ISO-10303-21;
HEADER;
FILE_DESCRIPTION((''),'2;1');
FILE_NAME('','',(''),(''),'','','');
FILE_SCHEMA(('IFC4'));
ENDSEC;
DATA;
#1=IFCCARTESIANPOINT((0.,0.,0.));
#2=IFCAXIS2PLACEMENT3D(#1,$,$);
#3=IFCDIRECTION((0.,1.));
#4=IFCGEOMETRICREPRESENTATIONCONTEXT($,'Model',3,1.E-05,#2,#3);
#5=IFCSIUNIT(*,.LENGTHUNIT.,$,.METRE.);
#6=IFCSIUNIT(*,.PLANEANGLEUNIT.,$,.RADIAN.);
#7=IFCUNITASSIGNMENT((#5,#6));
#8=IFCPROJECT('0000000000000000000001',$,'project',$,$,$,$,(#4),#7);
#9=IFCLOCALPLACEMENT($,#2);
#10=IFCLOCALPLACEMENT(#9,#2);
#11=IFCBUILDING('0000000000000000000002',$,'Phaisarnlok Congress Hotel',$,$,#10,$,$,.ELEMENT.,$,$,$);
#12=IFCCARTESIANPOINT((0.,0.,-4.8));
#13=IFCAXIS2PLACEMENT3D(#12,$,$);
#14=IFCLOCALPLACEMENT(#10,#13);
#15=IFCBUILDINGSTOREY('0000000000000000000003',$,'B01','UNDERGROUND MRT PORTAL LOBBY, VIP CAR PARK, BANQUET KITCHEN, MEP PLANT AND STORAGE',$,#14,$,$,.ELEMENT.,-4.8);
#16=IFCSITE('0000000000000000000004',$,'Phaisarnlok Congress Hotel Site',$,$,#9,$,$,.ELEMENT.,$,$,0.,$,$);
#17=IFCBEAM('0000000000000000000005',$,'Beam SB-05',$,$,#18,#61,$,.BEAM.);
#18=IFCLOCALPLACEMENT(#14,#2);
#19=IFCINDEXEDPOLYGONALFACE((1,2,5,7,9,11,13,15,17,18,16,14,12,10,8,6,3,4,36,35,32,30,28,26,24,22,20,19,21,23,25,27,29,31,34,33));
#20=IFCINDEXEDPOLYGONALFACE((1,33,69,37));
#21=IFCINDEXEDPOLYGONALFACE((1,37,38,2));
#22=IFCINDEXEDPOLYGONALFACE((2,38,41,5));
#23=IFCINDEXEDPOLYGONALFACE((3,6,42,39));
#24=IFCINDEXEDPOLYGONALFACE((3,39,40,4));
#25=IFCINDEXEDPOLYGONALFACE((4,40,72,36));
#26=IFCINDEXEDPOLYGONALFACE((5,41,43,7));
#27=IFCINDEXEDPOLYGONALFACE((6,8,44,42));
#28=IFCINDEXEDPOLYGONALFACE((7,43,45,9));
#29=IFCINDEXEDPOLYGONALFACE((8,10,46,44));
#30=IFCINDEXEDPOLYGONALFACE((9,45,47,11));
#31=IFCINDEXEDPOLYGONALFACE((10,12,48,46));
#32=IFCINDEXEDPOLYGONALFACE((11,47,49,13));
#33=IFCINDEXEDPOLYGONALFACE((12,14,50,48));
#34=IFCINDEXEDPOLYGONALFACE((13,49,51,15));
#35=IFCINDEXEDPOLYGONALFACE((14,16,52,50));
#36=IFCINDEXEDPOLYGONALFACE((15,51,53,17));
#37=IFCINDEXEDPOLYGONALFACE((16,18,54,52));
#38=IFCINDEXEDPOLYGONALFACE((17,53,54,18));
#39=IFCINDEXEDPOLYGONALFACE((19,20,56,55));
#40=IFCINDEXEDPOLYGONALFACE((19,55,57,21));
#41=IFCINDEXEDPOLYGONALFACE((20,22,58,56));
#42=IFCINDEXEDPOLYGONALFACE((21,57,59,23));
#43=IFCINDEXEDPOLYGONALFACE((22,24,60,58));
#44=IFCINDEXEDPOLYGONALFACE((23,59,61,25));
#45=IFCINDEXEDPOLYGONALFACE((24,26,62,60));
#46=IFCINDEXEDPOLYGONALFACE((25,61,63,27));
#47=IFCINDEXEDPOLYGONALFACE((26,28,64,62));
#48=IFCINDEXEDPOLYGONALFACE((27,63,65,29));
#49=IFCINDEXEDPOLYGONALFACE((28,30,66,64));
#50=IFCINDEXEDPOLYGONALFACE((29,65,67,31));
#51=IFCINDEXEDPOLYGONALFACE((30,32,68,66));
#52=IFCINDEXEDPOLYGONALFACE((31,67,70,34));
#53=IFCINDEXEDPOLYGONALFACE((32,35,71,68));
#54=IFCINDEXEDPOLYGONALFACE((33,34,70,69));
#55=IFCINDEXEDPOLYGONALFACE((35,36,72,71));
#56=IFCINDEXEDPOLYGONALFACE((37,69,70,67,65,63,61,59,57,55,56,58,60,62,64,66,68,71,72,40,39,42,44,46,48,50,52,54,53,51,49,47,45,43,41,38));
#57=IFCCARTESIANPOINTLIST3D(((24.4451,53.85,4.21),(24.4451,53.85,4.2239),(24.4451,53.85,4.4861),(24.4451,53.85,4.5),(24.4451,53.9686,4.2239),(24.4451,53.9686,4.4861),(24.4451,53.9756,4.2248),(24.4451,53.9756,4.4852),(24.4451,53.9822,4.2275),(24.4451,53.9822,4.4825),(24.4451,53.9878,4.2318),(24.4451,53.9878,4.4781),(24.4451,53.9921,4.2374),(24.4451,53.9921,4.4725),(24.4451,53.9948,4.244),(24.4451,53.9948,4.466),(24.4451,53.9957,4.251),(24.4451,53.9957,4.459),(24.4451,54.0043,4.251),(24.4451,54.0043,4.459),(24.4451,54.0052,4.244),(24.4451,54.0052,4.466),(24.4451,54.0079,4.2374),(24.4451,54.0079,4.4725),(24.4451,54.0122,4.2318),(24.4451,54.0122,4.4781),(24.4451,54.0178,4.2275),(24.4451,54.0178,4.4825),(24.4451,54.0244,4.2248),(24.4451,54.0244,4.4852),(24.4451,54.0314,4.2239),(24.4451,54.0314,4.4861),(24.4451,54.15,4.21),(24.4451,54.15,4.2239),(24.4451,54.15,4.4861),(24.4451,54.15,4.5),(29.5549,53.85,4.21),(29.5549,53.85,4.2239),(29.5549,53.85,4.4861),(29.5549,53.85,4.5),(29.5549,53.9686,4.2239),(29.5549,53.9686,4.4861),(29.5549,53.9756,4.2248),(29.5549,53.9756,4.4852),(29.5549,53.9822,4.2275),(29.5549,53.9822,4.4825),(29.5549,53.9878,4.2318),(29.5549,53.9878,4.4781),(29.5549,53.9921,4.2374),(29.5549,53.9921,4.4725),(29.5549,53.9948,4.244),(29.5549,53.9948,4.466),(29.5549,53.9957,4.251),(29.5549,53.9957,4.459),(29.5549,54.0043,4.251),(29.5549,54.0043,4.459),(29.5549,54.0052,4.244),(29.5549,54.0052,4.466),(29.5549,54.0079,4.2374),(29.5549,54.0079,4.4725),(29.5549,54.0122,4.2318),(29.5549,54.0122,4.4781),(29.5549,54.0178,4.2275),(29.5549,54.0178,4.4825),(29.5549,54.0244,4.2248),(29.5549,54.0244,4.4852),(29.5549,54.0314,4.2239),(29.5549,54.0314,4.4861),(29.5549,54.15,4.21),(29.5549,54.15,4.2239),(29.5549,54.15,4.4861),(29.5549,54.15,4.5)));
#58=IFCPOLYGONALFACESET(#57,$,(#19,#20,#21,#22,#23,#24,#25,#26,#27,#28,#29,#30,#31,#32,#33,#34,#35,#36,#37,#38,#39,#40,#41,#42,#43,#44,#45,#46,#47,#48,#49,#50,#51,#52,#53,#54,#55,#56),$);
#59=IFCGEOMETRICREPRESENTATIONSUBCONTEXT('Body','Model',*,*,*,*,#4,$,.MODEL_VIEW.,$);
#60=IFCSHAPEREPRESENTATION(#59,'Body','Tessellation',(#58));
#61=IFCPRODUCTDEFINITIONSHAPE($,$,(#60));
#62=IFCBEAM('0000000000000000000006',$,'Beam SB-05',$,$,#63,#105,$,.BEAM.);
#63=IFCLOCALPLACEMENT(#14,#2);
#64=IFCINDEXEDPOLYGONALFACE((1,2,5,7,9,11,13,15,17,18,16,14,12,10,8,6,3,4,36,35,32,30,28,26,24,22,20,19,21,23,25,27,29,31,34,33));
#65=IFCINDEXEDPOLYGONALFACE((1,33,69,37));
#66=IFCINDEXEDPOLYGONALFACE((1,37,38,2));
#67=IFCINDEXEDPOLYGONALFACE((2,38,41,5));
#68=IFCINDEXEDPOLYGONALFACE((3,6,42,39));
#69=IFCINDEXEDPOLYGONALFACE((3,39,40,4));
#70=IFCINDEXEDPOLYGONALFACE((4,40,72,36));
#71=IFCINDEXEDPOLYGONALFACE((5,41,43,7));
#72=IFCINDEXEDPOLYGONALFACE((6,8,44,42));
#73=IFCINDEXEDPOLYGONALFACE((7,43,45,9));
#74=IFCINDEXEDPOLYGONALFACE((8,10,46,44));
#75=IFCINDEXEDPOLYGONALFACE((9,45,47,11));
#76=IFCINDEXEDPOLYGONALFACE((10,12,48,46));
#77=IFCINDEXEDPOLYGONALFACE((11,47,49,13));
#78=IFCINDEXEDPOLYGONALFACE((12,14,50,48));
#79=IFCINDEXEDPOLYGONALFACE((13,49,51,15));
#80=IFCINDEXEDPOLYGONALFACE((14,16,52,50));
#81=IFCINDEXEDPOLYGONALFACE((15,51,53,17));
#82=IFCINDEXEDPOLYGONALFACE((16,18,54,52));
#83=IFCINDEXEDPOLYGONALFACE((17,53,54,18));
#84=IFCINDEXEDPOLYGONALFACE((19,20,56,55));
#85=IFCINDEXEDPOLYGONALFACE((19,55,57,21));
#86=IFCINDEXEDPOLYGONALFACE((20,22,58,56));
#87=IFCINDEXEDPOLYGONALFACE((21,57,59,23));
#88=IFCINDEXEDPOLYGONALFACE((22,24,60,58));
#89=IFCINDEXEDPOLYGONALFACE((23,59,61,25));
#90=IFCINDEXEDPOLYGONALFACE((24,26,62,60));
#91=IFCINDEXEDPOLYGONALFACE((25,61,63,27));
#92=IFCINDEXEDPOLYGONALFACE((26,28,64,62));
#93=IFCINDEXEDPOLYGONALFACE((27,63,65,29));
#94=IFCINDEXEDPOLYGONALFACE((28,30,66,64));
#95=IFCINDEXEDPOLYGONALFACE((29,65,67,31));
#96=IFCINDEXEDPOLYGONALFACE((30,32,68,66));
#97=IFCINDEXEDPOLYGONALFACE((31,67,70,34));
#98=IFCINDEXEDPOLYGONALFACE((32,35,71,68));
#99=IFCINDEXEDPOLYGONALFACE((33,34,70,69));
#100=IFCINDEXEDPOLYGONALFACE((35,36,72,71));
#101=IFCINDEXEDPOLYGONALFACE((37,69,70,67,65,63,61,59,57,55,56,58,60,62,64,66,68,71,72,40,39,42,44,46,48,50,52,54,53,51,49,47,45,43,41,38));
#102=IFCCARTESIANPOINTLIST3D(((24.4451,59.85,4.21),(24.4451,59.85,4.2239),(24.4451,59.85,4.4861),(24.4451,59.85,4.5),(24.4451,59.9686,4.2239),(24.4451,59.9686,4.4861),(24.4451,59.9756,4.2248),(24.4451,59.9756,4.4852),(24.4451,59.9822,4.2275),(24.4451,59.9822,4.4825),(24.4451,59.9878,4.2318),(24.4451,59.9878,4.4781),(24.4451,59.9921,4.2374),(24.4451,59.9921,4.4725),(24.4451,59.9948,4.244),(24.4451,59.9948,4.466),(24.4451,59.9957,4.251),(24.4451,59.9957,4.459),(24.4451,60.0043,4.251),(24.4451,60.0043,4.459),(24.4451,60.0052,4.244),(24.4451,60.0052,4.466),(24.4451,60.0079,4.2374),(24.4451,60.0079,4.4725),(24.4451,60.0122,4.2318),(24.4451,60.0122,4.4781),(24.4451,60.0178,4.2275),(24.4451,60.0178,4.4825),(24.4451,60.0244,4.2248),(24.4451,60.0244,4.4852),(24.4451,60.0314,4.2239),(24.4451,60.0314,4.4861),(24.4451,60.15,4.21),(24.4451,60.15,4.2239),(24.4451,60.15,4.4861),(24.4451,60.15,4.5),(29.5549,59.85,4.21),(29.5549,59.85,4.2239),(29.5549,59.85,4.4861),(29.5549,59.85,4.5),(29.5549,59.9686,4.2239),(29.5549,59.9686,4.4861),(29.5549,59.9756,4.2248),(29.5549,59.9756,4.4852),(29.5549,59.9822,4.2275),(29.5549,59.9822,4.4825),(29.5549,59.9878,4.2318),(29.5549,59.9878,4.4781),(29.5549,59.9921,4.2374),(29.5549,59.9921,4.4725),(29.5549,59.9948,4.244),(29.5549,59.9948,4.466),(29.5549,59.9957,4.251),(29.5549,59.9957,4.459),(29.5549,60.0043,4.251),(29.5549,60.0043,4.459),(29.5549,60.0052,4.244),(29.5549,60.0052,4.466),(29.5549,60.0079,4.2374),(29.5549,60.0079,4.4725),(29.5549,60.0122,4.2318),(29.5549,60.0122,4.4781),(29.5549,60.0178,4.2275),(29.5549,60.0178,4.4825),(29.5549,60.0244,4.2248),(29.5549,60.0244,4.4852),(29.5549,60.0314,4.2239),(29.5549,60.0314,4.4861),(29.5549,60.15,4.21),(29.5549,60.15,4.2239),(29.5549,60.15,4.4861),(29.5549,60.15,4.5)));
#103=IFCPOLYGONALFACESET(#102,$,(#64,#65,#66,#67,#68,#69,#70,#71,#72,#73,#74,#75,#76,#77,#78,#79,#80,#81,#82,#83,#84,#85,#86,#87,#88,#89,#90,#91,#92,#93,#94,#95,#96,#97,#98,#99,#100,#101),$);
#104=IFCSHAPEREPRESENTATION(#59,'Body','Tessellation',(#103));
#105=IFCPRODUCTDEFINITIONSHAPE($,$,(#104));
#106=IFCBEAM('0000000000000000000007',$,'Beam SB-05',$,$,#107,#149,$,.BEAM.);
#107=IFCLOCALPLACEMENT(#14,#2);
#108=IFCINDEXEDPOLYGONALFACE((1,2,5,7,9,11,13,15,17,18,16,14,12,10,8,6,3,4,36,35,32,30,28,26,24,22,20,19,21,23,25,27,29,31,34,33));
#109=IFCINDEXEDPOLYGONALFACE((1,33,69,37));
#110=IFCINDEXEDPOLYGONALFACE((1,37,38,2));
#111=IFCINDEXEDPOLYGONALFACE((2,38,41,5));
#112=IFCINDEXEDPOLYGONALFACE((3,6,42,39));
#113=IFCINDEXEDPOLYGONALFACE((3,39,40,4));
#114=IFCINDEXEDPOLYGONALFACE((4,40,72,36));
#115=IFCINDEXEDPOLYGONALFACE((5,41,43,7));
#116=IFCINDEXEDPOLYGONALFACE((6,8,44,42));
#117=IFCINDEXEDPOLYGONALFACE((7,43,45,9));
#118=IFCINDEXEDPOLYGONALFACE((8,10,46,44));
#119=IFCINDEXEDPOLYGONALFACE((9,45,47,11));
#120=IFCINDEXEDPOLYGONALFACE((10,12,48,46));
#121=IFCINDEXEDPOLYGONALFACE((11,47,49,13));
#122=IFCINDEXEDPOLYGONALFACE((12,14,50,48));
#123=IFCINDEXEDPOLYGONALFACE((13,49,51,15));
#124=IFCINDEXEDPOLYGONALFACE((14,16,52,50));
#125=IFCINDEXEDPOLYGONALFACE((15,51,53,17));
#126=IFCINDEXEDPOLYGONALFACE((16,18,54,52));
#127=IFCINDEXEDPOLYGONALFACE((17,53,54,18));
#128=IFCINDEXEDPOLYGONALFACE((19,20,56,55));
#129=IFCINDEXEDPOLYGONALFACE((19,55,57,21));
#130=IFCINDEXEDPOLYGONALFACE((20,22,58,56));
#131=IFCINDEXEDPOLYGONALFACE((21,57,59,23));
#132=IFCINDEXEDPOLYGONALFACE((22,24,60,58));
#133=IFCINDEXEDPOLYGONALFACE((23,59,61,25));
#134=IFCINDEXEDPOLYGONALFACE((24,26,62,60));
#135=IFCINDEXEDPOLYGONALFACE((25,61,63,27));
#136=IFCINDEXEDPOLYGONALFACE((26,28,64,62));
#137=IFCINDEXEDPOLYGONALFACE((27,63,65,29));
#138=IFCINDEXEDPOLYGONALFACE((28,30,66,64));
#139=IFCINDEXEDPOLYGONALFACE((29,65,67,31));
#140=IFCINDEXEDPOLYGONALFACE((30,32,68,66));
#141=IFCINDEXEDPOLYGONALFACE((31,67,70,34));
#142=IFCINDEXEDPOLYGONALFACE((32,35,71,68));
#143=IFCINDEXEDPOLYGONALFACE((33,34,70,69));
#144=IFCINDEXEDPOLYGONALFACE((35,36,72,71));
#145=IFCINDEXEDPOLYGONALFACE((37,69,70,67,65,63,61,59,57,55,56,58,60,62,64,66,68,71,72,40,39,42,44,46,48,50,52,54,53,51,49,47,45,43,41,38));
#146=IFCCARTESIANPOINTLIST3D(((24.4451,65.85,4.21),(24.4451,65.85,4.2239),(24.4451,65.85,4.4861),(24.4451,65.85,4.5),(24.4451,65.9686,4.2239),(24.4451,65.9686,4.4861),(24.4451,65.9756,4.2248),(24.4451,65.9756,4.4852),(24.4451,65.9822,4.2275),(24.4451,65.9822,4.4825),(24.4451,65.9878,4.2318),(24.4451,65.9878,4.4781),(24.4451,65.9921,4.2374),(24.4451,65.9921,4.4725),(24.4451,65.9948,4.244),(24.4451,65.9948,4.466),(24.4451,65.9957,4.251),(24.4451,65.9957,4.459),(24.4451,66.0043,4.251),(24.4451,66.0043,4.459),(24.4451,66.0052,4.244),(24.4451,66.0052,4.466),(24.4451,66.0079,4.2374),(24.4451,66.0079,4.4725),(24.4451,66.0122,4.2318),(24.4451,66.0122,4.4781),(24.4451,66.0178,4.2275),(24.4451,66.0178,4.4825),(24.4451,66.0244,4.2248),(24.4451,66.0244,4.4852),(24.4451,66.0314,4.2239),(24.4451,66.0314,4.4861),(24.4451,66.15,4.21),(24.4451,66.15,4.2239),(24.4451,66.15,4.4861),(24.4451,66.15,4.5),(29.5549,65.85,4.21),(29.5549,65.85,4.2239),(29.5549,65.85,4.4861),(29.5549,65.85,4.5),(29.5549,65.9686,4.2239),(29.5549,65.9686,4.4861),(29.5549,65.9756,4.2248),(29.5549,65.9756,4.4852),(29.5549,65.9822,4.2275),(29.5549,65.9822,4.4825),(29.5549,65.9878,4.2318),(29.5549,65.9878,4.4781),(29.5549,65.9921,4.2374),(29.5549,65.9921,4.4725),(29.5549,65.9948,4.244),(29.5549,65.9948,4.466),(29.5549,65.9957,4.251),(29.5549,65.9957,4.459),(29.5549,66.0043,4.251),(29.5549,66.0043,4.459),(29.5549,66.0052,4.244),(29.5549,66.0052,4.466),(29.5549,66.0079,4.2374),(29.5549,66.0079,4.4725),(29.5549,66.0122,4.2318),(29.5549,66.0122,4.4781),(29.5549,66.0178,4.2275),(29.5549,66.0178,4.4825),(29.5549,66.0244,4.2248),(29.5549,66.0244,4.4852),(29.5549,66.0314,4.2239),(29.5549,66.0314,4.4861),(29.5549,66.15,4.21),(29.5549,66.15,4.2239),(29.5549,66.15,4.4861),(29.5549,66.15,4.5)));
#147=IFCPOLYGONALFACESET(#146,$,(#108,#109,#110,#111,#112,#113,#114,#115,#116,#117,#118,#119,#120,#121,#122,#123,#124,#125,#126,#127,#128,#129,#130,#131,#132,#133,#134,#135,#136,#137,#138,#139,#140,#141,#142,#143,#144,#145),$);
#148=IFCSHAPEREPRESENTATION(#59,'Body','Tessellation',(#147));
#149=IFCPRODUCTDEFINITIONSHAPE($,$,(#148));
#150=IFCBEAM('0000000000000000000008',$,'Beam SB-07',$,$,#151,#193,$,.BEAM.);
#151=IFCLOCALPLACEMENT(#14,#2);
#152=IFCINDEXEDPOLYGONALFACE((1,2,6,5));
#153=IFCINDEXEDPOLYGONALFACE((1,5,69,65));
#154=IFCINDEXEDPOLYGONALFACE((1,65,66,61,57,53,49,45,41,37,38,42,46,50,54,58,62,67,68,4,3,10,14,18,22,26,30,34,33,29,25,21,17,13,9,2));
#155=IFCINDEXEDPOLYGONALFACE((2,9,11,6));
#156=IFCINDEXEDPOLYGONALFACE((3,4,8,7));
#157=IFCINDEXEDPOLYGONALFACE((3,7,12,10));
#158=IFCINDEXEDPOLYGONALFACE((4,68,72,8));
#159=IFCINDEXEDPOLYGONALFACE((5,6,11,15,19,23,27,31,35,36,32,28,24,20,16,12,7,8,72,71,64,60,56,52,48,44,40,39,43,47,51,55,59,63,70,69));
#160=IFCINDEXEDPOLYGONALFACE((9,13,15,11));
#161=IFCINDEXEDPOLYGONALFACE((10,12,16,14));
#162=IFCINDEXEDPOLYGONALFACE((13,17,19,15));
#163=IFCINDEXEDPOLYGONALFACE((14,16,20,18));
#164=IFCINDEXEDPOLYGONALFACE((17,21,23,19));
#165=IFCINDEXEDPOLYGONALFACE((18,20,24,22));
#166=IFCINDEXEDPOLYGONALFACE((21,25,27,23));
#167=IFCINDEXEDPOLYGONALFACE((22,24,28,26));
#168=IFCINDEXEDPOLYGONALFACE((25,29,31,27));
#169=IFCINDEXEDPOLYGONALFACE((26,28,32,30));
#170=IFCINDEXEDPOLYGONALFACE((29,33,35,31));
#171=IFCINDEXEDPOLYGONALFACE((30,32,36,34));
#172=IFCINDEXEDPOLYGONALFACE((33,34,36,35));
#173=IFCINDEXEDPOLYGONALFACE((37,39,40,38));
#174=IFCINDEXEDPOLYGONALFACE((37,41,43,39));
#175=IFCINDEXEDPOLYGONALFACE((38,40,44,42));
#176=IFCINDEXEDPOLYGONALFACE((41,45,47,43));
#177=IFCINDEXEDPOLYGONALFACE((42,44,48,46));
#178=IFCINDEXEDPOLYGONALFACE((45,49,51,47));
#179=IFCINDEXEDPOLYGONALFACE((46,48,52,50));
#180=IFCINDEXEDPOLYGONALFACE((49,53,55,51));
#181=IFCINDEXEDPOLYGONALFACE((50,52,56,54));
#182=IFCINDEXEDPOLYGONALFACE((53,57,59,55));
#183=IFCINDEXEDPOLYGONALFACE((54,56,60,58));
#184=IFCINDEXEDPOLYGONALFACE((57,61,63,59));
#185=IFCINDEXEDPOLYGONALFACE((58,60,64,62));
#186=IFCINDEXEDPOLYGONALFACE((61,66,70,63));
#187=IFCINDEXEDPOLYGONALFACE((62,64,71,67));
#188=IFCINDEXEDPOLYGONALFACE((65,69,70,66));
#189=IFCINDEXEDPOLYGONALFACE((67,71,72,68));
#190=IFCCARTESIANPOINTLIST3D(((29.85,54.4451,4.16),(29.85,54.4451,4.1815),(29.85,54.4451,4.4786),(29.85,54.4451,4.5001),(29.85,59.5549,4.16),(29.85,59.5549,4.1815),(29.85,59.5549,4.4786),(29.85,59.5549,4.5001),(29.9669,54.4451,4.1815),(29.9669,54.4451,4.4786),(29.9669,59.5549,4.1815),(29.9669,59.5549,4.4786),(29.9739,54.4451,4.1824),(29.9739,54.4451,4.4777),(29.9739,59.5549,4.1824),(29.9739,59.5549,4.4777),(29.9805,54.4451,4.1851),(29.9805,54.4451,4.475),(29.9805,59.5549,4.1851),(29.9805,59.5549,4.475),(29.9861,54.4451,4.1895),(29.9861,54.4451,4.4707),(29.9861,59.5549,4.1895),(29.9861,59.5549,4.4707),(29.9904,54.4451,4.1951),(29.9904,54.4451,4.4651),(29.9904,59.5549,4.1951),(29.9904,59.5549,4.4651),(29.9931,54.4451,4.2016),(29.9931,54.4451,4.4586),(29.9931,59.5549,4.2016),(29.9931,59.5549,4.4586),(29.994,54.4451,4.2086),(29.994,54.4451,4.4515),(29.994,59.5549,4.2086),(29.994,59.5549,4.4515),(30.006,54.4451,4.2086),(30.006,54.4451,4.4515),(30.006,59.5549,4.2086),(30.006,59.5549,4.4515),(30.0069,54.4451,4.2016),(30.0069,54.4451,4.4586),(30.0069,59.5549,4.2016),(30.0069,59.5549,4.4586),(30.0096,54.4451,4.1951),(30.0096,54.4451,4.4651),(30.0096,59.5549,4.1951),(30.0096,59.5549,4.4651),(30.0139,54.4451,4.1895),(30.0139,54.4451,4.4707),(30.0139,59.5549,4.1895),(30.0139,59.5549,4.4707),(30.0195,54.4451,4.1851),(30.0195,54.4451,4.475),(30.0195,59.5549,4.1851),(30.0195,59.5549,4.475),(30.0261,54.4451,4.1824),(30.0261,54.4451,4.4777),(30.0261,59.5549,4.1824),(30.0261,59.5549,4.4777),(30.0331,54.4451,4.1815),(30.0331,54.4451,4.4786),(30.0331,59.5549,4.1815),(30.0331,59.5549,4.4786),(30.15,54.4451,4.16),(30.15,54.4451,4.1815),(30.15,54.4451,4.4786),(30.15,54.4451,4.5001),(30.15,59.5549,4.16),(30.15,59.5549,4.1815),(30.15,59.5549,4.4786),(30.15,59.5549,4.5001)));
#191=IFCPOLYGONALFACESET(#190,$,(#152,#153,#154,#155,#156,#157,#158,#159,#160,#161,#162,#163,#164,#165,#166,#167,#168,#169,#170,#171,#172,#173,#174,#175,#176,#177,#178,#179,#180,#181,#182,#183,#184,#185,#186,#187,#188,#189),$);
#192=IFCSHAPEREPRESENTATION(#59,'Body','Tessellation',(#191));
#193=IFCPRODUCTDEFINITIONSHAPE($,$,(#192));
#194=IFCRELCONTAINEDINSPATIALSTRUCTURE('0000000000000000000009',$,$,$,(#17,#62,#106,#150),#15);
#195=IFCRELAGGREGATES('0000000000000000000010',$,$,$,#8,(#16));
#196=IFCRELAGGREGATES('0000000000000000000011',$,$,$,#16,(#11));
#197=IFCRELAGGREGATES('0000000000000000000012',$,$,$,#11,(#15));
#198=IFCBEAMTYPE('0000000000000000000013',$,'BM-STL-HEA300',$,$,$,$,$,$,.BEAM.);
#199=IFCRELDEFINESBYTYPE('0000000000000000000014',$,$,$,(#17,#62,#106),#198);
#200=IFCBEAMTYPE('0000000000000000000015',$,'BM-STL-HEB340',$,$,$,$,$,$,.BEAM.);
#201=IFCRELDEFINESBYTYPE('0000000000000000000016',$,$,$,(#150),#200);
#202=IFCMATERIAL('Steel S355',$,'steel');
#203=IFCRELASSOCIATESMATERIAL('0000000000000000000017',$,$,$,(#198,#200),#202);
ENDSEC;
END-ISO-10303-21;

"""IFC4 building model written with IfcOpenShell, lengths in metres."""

from ifc_helpers import new_model, si_unit, direction, frame, origin, origin_2d, place, context, subcontext, project, spatial, i_section, extrude, material, material_profile, profile_set, type_object, element, save


model = new_model("IFC4")

# Units and contexts
model_context = context("Model", 3, precision=1e-05, world=origin(), true_north=direction((0.0, 1.0)))
body_context = subcontext(model_context, "Body", "Model", "MODEL_VIEW")
ifc_project = project(units=[si_unit("LENGTHUNIT", "METRE"), si_unit("PLANEANGLEUNIT", "RADIAN")], contexts=[model_context])

# Site, building, storey
site_placement = place(None, origin())
site = spatial("IfcSite", under=ifc_project, at=site_placement, Name="Phaisarnlok Congress Hotel Site", CompositionType="ELEMENT", RefElevation=0.0)
building_placement = place(site_placement, origin())
building = spatial("IfcBuilding", under=site, at=building_placement, Name="Phaisarnlok Congress Hotel", CompositionType="ELEMENT")
storey_placement = place(building_placement, frame((0.0, 0.0, -4.8)))
storey = spatial("IfcBuildingStorey", under=building, at=storey_placement, Name="B01", Description="UNDERGROUND MRT PORTAL LOBBY, VIP CAR PARK, BANQUET KITCHEN, MEP PLANT AND STORAGE", CompositionType="ELEMENT", Elevation=-4.8)

# Beams
ifc_material_1 = material(Name="Steel S355", Category="steel")
ifc_material_profile_1 = material_profile(ifc_material_1, i_section(OverallWidth=0.3, OverallDepth=0.29, WebThickness=0.0085, FlangeThickness=0.0139, FilletRadius=0.0271, at=origin_2d()), Name="HEA 300")
ifc_profile_set_1 = profile_set([ifc_material_profile_1], Name="Steel S355")
beam_type_1 = type_object("IfcBeamType", Name="BM-STL-HEA300", PredefinedType="BEAM", material=ifc_profile_set_1)
for number, where, z_axis, x_axis, name in (
    (1, (24.4451, 54.0, 4.355), (1.0, 0.0, 0.0), (0.0, 1.0, 0.0), "Beam SB-05"),
    (2, (24.4451, 60.0, 4.355), (1.0, 0.0, 0.0), (0.0, 1.0, 0.0), "Beam SB-05"),
    (3, (24.4451, 66.0, 4.355), (1.0, 0.0, 0.0), (0.0, 1.0, 0.0), "Beam SB-05"),
):
    element("IfcBeam", number, at=place(storey_placement, frame(where, z_axis=z_axis, x_axis=x_axis)), inside=storey, type_object=beam_type_1, Name=name, PredefinedType="BEAM", context=body_context, shape_type="SweptSolid", body=[
        extrude(i_section(OverallWidth=0.3, OverallDepth=0.29, WebThickness=0.0085, FlangeThickness=0.0139, FilletRadius=0.0271, at=origin_2d()), origin(), (0.0, 0.0, 1.0), 5.1099),
    ])
ifc_material_profile_2 = material_profile(ifc_material_1, i_section(OverallWidth=0.3, OverallDepth=0.3401, WebThickness=0.012, FlangeThickness=0.0215, FilletRadius=0.0271, at=origin_2d()), Name="HEB 340")
ifc_profile_set_2 = profile_set([ifc_material_profile_2], Name="Steel S355")
beam_type_2 = type_object("IfcBeamType", Name="BM-STL-HEB340", PredefinedType="BEAM", material=ifc_profile_set_2)
beam_placement = place(storey_placement, frame((30.0, 54.4451, 4.3301), z_axis=(0.0, 1.0, 0.0), x_axis=(-1.0, 0.0, 0.0)))
element("IfcBeam", 4, at=beam_placement, inside=storey, type_object=beam_type_2, Name="Beam SB-07", PredefinedType="BEAM", context=body_context, shape_type="SweptSolid", body=[
    extrude(i_section(OverallWidth=0.3, OverallDepth=0.3401, WebThickness=0.012, FlangeThickness=0.0215, FilletRadius=0.0271, at=origin_2d()), origin(), (0.0, 0.0, 1.0), 5.1099),
])

save(model, "model.ifc")
